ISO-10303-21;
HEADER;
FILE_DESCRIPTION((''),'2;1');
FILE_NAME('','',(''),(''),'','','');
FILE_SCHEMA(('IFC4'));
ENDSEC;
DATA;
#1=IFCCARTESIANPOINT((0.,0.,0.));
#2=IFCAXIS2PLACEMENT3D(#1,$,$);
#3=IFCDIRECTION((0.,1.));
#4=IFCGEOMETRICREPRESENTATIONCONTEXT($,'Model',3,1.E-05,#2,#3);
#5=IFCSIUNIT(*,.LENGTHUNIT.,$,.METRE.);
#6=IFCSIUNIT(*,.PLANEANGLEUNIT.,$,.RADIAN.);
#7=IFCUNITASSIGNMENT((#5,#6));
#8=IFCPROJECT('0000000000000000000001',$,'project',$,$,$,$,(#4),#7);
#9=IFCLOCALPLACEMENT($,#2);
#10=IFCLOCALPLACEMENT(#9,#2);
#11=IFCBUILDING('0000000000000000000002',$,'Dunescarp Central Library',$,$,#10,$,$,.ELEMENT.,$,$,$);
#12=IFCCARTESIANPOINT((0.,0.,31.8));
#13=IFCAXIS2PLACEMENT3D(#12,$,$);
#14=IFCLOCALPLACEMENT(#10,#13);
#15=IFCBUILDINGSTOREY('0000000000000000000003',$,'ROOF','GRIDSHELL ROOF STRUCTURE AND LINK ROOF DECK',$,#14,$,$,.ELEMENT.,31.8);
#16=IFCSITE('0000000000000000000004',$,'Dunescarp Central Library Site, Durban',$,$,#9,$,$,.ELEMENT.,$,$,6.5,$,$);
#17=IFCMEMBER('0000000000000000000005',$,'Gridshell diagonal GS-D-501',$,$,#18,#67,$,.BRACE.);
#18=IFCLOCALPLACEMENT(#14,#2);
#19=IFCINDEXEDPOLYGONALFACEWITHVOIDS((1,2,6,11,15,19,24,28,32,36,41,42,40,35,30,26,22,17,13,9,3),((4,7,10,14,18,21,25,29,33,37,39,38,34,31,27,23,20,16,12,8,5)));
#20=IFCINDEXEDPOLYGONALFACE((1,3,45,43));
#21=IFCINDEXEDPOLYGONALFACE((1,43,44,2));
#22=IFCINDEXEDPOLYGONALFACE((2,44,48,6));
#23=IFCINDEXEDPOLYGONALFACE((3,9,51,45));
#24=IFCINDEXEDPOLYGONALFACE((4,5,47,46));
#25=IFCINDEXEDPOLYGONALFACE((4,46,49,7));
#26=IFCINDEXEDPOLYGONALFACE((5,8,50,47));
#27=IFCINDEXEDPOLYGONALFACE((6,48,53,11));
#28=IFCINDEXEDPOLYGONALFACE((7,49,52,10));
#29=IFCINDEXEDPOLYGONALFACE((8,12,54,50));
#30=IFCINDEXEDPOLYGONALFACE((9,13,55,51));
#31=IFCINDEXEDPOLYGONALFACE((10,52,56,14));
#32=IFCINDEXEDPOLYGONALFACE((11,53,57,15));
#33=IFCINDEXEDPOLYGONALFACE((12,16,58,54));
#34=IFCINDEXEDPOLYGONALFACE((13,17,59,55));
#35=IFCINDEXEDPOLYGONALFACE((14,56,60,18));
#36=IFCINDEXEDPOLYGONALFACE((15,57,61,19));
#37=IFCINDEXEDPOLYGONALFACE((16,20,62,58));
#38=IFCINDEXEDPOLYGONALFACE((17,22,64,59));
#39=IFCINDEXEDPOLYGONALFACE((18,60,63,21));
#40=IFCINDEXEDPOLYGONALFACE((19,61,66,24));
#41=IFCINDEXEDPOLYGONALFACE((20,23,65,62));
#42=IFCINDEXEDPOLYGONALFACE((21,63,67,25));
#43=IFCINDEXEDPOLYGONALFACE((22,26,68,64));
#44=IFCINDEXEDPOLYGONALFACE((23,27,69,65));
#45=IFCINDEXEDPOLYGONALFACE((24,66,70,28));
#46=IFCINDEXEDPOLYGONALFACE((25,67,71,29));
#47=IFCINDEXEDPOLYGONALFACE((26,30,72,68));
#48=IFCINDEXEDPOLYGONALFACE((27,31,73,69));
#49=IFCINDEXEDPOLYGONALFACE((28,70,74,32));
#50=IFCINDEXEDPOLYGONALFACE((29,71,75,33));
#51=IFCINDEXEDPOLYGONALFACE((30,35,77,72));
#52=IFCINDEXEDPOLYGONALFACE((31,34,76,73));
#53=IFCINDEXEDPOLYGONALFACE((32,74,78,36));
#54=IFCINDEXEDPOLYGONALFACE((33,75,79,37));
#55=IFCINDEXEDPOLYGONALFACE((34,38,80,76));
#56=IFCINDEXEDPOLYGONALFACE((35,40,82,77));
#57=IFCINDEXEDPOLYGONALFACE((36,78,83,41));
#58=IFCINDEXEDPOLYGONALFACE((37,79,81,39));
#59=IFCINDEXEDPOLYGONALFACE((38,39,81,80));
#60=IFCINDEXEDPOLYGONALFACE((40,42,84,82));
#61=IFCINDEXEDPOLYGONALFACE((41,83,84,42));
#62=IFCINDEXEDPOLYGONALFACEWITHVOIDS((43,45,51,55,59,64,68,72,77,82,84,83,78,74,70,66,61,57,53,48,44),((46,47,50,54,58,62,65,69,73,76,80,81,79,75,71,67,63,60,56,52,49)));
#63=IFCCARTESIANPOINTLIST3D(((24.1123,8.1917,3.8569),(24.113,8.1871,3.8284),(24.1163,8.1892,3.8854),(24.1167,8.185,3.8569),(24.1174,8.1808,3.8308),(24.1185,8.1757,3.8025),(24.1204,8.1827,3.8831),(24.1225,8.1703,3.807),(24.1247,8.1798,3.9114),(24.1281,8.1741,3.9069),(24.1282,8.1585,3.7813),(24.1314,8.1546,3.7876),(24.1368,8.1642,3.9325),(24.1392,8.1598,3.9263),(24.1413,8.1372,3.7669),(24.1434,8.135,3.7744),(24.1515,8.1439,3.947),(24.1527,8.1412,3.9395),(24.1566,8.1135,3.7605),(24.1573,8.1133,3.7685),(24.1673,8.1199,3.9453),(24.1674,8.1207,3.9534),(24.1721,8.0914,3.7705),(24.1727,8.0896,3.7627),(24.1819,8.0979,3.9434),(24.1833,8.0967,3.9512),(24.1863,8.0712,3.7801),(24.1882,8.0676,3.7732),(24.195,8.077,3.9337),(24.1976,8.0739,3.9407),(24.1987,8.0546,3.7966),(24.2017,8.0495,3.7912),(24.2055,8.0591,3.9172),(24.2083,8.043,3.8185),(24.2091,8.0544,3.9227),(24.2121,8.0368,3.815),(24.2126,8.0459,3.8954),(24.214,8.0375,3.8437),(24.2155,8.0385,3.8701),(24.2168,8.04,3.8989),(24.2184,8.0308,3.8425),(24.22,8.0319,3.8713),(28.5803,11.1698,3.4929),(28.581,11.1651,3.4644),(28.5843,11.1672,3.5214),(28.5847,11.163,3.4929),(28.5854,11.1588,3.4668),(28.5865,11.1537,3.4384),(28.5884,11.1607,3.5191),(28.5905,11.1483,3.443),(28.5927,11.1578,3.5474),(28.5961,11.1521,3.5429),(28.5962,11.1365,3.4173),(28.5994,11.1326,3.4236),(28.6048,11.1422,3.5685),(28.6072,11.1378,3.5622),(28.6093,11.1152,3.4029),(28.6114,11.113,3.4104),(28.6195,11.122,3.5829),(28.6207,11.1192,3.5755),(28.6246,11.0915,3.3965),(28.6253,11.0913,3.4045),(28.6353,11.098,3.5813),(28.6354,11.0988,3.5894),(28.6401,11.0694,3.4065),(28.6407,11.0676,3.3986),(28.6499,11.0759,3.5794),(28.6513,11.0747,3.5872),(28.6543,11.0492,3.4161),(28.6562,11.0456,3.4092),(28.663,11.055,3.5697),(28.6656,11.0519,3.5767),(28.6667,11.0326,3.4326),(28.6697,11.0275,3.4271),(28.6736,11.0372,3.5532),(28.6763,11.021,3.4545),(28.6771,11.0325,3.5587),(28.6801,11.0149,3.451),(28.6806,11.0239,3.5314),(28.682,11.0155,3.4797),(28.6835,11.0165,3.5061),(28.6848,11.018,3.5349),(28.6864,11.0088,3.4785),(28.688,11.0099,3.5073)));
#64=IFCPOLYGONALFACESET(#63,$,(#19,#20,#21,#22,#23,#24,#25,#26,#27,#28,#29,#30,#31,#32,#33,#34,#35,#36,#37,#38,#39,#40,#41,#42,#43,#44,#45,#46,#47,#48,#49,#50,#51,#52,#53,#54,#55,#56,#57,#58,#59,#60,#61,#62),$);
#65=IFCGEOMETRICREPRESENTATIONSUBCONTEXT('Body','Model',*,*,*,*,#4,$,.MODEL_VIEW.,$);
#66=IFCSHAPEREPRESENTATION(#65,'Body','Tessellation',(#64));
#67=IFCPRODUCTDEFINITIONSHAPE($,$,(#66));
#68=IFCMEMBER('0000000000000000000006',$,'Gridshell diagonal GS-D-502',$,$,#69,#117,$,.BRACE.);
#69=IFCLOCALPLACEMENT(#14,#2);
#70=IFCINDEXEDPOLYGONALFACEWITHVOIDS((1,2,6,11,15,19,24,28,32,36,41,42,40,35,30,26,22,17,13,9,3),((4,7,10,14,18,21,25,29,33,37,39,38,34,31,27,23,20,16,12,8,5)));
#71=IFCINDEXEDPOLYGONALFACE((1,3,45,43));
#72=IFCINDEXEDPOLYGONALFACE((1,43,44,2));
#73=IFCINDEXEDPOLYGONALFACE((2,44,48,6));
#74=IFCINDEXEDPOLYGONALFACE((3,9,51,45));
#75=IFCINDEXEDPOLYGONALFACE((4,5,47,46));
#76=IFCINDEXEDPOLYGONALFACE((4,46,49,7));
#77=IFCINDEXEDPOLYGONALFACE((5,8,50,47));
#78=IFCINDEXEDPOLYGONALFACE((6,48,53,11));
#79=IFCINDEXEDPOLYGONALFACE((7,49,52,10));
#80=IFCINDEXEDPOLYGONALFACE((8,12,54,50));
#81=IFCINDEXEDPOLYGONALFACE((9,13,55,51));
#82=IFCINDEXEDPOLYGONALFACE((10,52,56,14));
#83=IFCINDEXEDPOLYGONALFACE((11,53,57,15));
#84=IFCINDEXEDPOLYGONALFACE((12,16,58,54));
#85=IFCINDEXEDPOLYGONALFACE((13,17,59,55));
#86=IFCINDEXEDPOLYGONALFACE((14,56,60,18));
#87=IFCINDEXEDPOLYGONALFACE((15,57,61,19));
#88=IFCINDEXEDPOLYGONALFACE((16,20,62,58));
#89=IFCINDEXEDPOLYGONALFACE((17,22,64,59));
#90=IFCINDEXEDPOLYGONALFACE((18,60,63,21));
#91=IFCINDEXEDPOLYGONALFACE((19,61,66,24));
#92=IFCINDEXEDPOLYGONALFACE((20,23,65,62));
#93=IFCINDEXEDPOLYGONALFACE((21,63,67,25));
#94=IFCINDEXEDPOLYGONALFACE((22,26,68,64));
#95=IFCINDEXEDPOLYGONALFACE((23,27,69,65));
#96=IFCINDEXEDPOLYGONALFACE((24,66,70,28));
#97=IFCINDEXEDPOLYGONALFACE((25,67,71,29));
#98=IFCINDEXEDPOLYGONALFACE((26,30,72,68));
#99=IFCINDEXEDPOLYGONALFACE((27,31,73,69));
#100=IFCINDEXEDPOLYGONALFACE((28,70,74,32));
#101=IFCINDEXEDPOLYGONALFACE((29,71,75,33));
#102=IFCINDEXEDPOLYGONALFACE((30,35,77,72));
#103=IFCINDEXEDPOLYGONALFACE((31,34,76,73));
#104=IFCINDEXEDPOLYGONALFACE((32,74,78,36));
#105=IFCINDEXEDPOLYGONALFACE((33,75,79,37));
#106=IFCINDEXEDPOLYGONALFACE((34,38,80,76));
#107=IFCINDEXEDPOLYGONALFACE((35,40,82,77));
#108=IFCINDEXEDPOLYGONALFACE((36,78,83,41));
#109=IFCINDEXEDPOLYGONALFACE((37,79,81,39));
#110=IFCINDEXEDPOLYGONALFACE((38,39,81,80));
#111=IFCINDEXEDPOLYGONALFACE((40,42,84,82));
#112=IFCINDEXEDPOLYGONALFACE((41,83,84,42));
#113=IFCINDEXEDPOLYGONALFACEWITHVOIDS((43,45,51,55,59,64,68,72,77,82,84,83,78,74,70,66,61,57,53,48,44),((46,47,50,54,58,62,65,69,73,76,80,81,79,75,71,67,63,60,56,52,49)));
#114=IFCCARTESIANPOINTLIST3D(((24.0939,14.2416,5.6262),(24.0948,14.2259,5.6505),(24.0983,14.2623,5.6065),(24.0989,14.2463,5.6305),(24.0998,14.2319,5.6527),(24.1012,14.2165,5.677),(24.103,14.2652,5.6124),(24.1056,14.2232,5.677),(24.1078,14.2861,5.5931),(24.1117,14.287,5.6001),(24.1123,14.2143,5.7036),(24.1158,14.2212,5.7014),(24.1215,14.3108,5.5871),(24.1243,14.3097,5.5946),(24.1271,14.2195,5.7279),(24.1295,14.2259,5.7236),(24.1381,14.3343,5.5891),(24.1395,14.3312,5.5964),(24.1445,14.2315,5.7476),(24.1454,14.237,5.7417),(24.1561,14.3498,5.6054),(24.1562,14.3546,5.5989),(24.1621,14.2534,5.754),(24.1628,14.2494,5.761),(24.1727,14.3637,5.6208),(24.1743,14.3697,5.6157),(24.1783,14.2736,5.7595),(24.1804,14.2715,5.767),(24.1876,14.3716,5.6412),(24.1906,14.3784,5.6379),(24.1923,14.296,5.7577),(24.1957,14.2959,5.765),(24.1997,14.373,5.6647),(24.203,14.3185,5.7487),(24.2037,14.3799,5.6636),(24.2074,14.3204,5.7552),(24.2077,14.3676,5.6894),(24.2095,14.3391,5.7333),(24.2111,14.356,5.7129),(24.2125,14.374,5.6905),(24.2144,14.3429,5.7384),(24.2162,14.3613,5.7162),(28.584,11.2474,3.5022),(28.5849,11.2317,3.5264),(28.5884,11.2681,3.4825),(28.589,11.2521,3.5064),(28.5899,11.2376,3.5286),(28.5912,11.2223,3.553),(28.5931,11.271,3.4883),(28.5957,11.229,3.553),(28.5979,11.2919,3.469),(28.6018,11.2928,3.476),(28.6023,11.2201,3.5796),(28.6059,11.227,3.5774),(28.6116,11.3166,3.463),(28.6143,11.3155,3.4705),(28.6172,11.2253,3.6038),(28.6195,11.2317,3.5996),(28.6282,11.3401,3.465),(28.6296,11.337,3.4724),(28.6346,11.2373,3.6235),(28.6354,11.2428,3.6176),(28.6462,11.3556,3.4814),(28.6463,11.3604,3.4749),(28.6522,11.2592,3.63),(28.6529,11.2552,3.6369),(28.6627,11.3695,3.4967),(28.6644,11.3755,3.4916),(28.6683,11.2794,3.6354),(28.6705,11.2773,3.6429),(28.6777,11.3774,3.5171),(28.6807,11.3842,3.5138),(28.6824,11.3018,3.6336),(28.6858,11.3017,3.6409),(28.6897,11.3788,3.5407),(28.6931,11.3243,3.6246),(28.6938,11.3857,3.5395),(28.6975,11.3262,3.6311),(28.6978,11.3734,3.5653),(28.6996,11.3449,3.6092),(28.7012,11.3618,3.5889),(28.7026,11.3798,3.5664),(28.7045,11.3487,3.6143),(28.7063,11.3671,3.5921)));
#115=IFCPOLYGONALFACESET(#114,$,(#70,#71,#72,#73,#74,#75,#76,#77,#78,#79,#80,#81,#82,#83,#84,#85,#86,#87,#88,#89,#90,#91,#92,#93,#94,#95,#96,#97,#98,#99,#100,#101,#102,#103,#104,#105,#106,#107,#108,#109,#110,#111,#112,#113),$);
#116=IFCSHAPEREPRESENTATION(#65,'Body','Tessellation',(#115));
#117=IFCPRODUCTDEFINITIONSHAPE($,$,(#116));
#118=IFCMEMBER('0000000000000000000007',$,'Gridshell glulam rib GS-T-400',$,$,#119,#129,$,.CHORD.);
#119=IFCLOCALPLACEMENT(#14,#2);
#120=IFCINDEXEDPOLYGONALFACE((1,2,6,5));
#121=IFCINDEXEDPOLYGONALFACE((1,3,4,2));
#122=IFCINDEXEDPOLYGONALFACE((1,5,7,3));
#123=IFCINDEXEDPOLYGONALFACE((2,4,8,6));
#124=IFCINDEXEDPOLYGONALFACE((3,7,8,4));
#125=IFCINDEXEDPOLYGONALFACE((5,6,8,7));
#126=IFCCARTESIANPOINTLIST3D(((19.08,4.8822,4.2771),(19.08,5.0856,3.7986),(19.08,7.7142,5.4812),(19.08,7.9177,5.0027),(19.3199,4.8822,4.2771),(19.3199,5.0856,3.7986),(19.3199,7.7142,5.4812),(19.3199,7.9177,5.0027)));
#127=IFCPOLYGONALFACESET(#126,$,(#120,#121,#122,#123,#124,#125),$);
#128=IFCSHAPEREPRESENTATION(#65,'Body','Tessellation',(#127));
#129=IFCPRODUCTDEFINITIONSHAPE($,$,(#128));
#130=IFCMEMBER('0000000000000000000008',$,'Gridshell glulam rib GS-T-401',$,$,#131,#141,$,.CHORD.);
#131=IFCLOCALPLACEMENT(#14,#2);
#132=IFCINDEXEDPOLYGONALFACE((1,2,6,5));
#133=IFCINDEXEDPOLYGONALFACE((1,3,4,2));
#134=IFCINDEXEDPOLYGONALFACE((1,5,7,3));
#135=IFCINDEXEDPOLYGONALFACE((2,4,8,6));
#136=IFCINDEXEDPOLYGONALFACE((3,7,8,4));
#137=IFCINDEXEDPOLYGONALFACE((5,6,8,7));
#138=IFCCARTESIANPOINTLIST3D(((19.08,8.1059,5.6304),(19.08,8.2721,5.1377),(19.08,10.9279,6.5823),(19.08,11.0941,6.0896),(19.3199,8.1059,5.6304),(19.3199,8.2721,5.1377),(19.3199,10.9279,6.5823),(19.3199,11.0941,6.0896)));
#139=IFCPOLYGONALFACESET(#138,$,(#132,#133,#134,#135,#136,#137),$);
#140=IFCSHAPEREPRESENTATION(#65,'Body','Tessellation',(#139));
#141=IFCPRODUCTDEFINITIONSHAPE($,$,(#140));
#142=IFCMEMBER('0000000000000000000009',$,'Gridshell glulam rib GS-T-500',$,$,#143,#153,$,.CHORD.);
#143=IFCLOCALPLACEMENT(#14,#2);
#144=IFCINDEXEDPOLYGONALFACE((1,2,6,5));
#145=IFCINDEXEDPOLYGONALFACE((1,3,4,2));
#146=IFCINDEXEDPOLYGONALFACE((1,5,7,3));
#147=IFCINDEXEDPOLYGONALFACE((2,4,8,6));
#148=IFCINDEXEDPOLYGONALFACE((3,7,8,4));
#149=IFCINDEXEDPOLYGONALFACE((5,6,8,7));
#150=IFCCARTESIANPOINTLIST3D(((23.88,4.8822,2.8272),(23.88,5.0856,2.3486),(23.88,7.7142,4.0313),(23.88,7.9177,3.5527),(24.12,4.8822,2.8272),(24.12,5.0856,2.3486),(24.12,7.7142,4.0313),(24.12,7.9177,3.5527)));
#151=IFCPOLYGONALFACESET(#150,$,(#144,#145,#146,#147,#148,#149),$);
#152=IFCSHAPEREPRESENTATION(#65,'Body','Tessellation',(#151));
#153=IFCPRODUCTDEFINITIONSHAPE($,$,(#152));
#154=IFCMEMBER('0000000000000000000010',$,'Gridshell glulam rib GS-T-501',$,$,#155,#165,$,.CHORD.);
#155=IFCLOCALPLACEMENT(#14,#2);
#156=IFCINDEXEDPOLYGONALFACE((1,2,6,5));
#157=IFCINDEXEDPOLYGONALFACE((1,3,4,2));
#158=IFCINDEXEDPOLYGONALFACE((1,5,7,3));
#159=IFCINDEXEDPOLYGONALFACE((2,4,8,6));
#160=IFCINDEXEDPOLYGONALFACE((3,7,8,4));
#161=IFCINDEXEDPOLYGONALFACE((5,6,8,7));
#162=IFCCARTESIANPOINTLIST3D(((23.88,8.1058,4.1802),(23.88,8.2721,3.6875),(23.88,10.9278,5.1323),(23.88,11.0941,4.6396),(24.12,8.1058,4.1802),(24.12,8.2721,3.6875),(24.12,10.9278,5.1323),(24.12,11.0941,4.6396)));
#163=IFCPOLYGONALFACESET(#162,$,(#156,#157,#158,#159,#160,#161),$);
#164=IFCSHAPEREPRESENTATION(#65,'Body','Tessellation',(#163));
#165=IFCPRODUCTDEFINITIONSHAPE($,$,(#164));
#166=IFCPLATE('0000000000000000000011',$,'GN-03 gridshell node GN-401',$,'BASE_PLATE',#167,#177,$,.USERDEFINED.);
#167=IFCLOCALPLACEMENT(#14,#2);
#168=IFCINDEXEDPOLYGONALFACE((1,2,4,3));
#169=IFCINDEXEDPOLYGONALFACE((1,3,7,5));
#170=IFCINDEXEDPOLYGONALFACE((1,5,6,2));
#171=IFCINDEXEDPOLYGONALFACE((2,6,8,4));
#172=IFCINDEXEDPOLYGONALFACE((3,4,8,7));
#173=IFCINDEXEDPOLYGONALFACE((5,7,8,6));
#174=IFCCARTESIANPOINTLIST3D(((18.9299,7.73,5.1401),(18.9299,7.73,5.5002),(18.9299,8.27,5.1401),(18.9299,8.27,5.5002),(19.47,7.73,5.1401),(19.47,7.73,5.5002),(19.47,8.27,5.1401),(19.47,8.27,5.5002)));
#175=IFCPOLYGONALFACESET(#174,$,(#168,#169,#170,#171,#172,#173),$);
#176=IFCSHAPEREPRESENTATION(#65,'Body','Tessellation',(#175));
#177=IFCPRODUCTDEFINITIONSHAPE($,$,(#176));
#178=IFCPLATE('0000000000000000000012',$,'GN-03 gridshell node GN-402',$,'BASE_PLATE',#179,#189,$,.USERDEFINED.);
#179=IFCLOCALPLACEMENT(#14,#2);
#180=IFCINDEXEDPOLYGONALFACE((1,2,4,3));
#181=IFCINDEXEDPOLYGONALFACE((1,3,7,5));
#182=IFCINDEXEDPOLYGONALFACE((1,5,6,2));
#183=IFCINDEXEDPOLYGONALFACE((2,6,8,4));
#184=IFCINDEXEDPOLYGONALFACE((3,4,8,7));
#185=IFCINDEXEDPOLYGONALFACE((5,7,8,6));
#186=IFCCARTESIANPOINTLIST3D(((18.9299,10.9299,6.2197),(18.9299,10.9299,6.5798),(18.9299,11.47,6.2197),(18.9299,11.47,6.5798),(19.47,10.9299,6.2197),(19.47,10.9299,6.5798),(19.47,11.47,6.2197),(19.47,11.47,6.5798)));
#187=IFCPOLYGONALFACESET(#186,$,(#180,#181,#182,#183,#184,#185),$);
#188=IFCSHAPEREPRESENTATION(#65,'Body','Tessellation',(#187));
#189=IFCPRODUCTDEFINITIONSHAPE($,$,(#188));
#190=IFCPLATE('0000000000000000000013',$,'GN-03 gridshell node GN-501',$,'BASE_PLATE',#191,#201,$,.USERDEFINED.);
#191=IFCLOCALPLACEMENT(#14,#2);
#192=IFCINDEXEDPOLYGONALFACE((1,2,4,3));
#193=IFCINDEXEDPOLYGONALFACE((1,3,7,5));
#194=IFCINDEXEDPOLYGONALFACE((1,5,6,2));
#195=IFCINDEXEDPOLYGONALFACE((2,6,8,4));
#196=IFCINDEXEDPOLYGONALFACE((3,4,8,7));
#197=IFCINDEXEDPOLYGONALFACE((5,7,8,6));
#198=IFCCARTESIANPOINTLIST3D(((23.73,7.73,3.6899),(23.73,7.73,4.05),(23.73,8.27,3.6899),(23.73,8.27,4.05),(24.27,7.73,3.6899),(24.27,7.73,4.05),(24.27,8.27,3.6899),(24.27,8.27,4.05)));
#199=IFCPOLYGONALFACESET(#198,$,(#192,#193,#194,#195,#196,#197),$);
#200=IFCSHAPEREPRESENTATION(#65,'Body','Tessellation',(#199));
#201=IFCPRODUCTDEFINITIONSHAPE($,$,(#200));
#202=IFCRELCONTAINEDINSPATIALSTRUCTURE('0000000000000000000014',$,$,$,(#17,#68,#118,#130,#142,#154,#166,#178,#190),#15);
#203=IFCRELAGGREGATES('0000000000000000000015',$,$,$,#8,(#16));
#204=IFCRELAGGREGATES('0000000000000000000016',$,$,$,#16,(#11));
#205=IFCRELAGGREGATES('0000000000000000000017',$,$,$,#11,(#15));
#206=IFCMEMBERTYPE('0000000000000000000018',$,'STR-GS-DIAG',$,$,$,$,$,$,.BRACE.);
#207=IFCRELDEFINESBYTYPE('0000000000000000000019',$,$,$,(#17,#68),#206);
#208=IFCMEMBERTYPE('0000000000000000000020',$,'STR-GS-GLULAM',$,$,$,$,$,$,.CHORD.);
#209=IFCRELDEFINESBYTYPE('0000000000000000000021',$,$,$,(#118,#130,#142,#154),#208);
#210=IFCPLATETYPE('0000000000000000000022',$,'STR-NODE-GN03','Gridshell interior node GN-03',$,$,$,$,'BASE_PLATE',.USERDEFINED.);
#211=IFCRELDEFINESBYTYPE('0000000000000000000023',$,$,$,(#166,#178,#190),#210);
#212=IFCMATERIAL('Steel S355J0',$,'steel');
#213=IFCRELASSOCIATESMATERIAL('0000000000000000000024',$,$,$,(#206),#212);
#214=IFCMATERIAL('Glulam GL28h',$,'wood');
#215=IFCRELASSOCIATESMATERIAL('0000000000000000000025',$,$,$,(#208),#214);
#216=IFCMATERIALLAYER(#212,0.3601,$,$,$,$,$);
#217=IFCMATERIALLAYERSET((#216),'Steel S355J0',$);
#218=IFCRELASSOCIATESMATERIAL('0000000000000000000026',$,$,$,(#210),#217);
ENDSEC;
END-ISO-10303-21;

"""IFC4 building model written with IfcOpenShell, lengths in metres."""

from ifc_helpers import new_model, si_unit, direction, frame, origin, origin_2d, place, context, subcontext, project, spatial, rectangle, hollow_circle, extrude, material, layer, layer_set, material_profile, profile_set, type_object, element, save


model = new_model("IFC4")

# Units and contexts
model_context = context("Model", 3, precision=1e-05, world=origin(), true_north=direction((0.0, 1.0)))
body_context = subcontext(model_context, "Body", "Model", "MODEL_VIEW")
ifc_project = project(units=[si_unit("LENGTHUNIT", "METRE"), si_unit("PLANEANGLEUNIT", "RADIAN")], contexts=[model_context])

# Site, building, storey
site_placement = place(None, origin())
site = spatial("IfcSite", under=ifc_project, at=site_placement, Name="Dunescarp Central Library Site, Durban", CompositionType="ELEMENT", RefElevation=6.5)
building_placement = place(site_placement, origin())
building = spatial("IfcBuilding", under=site, at=building_placement, Name="Dunescarp Central Library", CompositionType="ELEMENT")
storey_placement = place(building_placement, frame((0.0, 0.0, 31.8)))
storey = spatial("IfcBuildingStorey", under=building, at=storey_placement, Name="ROOF", Description="GRIDSHELL ROOF STRUCTURE AND LINK ROOF DECK", CompositionType="ELEMENT", Elevation=31.8)

# Members
ifc_material_1 = material(Name="Steel S355J0", Category="steel")
ifc_material_profile_1 = material_profile(ifc_material_1, hollow_circle(Radius=0.0969, WallThickness=0.0081, at=origin_2d()), Name="CHS 193.7x8")
ifc_profile_set_1 = profile_set([ifc_material_profile_1], Name="Steel S355J0")
member_type_1 = type_object("IfcMemberType", Name="STR-GS-DIAG", PredefinedType="BRACE", material=ifc_profile_set_1)
member_1_placement = place(storey_placement, frame((24.166, 8.1111, 3.8569), z_axis=(0.830201, 0.553346, -0.067637), x_axis=(-0.554616, 0.832106, 0.0)))
element("IfcMember", 1, at=member_1_placement, inside=storey, type_object=member_type_1, Name="Gridshell diagonal GS-D-501", PredefinedType="BRACE", context=body_context, shape_type="SweptSolid", body=[
    extrude(hollow_circle(Radius=0.0969, WallThickness=0.0081, at=origin_2d()), origin(), (0.0, 0.0, 1.0), 5.3818),
])
member_2_placement = place(storey_placement, frame((28.645, 11.303, 3.553), z_axis=(-0.774178, 0.516259, 0.366231), x_axis=(-0.554805, -0.831981, 0.0)))
element("IfcMember", 2, at=member_2_placement, inside=storey, type_object=member_type_1, Name="Gridshell diagonal GS-D-502", PredefinedType="BRACE", context=body_context, shape_type="SweptSolid", body=[
    extrude(hollow_circle(Radius=0.0969, WallThickness=0.0081, at=origin_2d()), origin(), (0.0, 0.0, 1.0), 5.7998),
])
ifc_material_2 = material(Name="Glulam GL28h", Category="wood")
ifc_material_profile_2 = material_profile(ifc_material_2, rectangle(XDim=0.24, YDim=0.52, at=origin_2d()), Name="GL28h 240x520")
ifc_profile_set_2 = profile_set([ifc_material_profile_2], Name="Glulam GL28h")
member_type_2 = type_object("IfcMemberType", Name="STR-GS-GLULAM", PredefinedType="CHORD", material=ifc_profile_set_2)
member_3_placement = place(storey_placement, frame((19.2, 4.9839, 4.0378), z_axis=(0.0, 0.920274, 0.391275), x_axis=(-1.0, 0.0, 0.0)))
element("IfcMember", 3, at=member_3_placement, inside=storey, type_object=member_type_2, Name="Gridshell glulam rib GS-T-400", PredefinedType="CHORD", context=body_context, shape_type="SweptSolid", body=[
    extrude(rectangle(XDim=0.24, YDim=0.52, at=origin_2d()), origin(), (0.0, 0.0, 1.0), 3.0774),
])
member_4_placement = place(storey_placement, frame((19.2, 8.189, 5.384), z_axis=(0.0, 0.947546, 0.319619), x_axis=(-1.0, 0.0, 0.0)))
element("IfcMember", 4, at=member_4_placement, inside=storey, type_object=member_type_2, Name="Gridshell glulam rib GS-T-401", PredefinedType="CHORD", context=body_context, shape_type="SweptSolid", body=[
    extrude(rectangle(XDim=0.24, YDim=0.52, at=origin_2d()), origin(), (0.0, 0.0, 1.0), 2.9783),
])
member_5_placement = place(storey_placement, frame((24.0, 4.9839, 2.5879), z_axis=(0.0, 0.920274, 0.391275), x_axis=(-1.0, 0.0, 0.0)))
element("IfcMember", 5, at=member_5_placement, inside=storey, type_object=member_type_2, Name="Gridshell glulam rib GS-T-500", PredefinedType="CHORD", context=body_context, shape_type="SweptSolid", body=[
    extrude(rectangle(XDim=0.24, YDim=0.52, at=origin_2d()), origin(), (0.0, 0.0, 1.0), 3.0774),
])
member_6_placement = place(storey_placement, frame((24.0, 8.189, 3.9338), z_axis=(0.0, 0.947521, 0.319693), x_axis=(-1.0, 0.0, 0.0)))
element("IfcMember", 6, at=member_6_placement, inside=storey, type_object=member_type_2, Name="Gridshell glulam rib GS-T-501", PredefinedType="CHORD", context=body_context, shape_type="SweptSolid", body=[
    extrude(rectangle(XDim=0.24, YDim=0.52, at=origin_2d()), origin(), (0.0, 0.0, 1.0), 2.9783),
])

# Plates
ifc_layer_1 = layer(ifc_material_1, 0.3601)
ifc_layer_set_1 = layer_set([ifc_layer_1], Name="Steel S355J0")
plate_type = type_object("IfcPlateType", Name="STR-NODE-GN03", Description="Gridshell interior node GN-03", ElementType="BASE_PLATE", PredefinedType="USERDEFINED", material=ifc_layer_set_1)
for number, where, z_axis, x_axis, name in (
    (7, (19.2, 8.0, 5.1401), (0.0, 0.0, 1.0), (1.0, 0.0, 0.0), "GN-03 gridshell node GN-401"),
    (8, (19.2, 11.2, 6.2197), (0.0, 0.0, 1.0), (1.0, 0.0, 0.0), "GN-03 gridshell node GN-402"),
    (9, (24.0, 8.0, 3.6899), (0.0, 0.0, 1.0), (1.0, 0.0, 0.0), "GN-03 gridshell node GN-501"),
):
    element("IfcPlate", number, at=place(storey_placement, frame(where, z_axis=z_axis, x_axis=x_axis)), inside=storey, type_object=plate_type, Name=name, ObjectType="BASE_PLATE", PredefinedType="USERDEFINED", context=body_context, shape_type="SweptSolid", body=[
        extrude(rectangle(XDim=0.54, YDim=0.54, at=origin_2d()), origin(), (0.0, 0.0, 1.0), 0.3601),
    ])

save(model, "model.ifc")
